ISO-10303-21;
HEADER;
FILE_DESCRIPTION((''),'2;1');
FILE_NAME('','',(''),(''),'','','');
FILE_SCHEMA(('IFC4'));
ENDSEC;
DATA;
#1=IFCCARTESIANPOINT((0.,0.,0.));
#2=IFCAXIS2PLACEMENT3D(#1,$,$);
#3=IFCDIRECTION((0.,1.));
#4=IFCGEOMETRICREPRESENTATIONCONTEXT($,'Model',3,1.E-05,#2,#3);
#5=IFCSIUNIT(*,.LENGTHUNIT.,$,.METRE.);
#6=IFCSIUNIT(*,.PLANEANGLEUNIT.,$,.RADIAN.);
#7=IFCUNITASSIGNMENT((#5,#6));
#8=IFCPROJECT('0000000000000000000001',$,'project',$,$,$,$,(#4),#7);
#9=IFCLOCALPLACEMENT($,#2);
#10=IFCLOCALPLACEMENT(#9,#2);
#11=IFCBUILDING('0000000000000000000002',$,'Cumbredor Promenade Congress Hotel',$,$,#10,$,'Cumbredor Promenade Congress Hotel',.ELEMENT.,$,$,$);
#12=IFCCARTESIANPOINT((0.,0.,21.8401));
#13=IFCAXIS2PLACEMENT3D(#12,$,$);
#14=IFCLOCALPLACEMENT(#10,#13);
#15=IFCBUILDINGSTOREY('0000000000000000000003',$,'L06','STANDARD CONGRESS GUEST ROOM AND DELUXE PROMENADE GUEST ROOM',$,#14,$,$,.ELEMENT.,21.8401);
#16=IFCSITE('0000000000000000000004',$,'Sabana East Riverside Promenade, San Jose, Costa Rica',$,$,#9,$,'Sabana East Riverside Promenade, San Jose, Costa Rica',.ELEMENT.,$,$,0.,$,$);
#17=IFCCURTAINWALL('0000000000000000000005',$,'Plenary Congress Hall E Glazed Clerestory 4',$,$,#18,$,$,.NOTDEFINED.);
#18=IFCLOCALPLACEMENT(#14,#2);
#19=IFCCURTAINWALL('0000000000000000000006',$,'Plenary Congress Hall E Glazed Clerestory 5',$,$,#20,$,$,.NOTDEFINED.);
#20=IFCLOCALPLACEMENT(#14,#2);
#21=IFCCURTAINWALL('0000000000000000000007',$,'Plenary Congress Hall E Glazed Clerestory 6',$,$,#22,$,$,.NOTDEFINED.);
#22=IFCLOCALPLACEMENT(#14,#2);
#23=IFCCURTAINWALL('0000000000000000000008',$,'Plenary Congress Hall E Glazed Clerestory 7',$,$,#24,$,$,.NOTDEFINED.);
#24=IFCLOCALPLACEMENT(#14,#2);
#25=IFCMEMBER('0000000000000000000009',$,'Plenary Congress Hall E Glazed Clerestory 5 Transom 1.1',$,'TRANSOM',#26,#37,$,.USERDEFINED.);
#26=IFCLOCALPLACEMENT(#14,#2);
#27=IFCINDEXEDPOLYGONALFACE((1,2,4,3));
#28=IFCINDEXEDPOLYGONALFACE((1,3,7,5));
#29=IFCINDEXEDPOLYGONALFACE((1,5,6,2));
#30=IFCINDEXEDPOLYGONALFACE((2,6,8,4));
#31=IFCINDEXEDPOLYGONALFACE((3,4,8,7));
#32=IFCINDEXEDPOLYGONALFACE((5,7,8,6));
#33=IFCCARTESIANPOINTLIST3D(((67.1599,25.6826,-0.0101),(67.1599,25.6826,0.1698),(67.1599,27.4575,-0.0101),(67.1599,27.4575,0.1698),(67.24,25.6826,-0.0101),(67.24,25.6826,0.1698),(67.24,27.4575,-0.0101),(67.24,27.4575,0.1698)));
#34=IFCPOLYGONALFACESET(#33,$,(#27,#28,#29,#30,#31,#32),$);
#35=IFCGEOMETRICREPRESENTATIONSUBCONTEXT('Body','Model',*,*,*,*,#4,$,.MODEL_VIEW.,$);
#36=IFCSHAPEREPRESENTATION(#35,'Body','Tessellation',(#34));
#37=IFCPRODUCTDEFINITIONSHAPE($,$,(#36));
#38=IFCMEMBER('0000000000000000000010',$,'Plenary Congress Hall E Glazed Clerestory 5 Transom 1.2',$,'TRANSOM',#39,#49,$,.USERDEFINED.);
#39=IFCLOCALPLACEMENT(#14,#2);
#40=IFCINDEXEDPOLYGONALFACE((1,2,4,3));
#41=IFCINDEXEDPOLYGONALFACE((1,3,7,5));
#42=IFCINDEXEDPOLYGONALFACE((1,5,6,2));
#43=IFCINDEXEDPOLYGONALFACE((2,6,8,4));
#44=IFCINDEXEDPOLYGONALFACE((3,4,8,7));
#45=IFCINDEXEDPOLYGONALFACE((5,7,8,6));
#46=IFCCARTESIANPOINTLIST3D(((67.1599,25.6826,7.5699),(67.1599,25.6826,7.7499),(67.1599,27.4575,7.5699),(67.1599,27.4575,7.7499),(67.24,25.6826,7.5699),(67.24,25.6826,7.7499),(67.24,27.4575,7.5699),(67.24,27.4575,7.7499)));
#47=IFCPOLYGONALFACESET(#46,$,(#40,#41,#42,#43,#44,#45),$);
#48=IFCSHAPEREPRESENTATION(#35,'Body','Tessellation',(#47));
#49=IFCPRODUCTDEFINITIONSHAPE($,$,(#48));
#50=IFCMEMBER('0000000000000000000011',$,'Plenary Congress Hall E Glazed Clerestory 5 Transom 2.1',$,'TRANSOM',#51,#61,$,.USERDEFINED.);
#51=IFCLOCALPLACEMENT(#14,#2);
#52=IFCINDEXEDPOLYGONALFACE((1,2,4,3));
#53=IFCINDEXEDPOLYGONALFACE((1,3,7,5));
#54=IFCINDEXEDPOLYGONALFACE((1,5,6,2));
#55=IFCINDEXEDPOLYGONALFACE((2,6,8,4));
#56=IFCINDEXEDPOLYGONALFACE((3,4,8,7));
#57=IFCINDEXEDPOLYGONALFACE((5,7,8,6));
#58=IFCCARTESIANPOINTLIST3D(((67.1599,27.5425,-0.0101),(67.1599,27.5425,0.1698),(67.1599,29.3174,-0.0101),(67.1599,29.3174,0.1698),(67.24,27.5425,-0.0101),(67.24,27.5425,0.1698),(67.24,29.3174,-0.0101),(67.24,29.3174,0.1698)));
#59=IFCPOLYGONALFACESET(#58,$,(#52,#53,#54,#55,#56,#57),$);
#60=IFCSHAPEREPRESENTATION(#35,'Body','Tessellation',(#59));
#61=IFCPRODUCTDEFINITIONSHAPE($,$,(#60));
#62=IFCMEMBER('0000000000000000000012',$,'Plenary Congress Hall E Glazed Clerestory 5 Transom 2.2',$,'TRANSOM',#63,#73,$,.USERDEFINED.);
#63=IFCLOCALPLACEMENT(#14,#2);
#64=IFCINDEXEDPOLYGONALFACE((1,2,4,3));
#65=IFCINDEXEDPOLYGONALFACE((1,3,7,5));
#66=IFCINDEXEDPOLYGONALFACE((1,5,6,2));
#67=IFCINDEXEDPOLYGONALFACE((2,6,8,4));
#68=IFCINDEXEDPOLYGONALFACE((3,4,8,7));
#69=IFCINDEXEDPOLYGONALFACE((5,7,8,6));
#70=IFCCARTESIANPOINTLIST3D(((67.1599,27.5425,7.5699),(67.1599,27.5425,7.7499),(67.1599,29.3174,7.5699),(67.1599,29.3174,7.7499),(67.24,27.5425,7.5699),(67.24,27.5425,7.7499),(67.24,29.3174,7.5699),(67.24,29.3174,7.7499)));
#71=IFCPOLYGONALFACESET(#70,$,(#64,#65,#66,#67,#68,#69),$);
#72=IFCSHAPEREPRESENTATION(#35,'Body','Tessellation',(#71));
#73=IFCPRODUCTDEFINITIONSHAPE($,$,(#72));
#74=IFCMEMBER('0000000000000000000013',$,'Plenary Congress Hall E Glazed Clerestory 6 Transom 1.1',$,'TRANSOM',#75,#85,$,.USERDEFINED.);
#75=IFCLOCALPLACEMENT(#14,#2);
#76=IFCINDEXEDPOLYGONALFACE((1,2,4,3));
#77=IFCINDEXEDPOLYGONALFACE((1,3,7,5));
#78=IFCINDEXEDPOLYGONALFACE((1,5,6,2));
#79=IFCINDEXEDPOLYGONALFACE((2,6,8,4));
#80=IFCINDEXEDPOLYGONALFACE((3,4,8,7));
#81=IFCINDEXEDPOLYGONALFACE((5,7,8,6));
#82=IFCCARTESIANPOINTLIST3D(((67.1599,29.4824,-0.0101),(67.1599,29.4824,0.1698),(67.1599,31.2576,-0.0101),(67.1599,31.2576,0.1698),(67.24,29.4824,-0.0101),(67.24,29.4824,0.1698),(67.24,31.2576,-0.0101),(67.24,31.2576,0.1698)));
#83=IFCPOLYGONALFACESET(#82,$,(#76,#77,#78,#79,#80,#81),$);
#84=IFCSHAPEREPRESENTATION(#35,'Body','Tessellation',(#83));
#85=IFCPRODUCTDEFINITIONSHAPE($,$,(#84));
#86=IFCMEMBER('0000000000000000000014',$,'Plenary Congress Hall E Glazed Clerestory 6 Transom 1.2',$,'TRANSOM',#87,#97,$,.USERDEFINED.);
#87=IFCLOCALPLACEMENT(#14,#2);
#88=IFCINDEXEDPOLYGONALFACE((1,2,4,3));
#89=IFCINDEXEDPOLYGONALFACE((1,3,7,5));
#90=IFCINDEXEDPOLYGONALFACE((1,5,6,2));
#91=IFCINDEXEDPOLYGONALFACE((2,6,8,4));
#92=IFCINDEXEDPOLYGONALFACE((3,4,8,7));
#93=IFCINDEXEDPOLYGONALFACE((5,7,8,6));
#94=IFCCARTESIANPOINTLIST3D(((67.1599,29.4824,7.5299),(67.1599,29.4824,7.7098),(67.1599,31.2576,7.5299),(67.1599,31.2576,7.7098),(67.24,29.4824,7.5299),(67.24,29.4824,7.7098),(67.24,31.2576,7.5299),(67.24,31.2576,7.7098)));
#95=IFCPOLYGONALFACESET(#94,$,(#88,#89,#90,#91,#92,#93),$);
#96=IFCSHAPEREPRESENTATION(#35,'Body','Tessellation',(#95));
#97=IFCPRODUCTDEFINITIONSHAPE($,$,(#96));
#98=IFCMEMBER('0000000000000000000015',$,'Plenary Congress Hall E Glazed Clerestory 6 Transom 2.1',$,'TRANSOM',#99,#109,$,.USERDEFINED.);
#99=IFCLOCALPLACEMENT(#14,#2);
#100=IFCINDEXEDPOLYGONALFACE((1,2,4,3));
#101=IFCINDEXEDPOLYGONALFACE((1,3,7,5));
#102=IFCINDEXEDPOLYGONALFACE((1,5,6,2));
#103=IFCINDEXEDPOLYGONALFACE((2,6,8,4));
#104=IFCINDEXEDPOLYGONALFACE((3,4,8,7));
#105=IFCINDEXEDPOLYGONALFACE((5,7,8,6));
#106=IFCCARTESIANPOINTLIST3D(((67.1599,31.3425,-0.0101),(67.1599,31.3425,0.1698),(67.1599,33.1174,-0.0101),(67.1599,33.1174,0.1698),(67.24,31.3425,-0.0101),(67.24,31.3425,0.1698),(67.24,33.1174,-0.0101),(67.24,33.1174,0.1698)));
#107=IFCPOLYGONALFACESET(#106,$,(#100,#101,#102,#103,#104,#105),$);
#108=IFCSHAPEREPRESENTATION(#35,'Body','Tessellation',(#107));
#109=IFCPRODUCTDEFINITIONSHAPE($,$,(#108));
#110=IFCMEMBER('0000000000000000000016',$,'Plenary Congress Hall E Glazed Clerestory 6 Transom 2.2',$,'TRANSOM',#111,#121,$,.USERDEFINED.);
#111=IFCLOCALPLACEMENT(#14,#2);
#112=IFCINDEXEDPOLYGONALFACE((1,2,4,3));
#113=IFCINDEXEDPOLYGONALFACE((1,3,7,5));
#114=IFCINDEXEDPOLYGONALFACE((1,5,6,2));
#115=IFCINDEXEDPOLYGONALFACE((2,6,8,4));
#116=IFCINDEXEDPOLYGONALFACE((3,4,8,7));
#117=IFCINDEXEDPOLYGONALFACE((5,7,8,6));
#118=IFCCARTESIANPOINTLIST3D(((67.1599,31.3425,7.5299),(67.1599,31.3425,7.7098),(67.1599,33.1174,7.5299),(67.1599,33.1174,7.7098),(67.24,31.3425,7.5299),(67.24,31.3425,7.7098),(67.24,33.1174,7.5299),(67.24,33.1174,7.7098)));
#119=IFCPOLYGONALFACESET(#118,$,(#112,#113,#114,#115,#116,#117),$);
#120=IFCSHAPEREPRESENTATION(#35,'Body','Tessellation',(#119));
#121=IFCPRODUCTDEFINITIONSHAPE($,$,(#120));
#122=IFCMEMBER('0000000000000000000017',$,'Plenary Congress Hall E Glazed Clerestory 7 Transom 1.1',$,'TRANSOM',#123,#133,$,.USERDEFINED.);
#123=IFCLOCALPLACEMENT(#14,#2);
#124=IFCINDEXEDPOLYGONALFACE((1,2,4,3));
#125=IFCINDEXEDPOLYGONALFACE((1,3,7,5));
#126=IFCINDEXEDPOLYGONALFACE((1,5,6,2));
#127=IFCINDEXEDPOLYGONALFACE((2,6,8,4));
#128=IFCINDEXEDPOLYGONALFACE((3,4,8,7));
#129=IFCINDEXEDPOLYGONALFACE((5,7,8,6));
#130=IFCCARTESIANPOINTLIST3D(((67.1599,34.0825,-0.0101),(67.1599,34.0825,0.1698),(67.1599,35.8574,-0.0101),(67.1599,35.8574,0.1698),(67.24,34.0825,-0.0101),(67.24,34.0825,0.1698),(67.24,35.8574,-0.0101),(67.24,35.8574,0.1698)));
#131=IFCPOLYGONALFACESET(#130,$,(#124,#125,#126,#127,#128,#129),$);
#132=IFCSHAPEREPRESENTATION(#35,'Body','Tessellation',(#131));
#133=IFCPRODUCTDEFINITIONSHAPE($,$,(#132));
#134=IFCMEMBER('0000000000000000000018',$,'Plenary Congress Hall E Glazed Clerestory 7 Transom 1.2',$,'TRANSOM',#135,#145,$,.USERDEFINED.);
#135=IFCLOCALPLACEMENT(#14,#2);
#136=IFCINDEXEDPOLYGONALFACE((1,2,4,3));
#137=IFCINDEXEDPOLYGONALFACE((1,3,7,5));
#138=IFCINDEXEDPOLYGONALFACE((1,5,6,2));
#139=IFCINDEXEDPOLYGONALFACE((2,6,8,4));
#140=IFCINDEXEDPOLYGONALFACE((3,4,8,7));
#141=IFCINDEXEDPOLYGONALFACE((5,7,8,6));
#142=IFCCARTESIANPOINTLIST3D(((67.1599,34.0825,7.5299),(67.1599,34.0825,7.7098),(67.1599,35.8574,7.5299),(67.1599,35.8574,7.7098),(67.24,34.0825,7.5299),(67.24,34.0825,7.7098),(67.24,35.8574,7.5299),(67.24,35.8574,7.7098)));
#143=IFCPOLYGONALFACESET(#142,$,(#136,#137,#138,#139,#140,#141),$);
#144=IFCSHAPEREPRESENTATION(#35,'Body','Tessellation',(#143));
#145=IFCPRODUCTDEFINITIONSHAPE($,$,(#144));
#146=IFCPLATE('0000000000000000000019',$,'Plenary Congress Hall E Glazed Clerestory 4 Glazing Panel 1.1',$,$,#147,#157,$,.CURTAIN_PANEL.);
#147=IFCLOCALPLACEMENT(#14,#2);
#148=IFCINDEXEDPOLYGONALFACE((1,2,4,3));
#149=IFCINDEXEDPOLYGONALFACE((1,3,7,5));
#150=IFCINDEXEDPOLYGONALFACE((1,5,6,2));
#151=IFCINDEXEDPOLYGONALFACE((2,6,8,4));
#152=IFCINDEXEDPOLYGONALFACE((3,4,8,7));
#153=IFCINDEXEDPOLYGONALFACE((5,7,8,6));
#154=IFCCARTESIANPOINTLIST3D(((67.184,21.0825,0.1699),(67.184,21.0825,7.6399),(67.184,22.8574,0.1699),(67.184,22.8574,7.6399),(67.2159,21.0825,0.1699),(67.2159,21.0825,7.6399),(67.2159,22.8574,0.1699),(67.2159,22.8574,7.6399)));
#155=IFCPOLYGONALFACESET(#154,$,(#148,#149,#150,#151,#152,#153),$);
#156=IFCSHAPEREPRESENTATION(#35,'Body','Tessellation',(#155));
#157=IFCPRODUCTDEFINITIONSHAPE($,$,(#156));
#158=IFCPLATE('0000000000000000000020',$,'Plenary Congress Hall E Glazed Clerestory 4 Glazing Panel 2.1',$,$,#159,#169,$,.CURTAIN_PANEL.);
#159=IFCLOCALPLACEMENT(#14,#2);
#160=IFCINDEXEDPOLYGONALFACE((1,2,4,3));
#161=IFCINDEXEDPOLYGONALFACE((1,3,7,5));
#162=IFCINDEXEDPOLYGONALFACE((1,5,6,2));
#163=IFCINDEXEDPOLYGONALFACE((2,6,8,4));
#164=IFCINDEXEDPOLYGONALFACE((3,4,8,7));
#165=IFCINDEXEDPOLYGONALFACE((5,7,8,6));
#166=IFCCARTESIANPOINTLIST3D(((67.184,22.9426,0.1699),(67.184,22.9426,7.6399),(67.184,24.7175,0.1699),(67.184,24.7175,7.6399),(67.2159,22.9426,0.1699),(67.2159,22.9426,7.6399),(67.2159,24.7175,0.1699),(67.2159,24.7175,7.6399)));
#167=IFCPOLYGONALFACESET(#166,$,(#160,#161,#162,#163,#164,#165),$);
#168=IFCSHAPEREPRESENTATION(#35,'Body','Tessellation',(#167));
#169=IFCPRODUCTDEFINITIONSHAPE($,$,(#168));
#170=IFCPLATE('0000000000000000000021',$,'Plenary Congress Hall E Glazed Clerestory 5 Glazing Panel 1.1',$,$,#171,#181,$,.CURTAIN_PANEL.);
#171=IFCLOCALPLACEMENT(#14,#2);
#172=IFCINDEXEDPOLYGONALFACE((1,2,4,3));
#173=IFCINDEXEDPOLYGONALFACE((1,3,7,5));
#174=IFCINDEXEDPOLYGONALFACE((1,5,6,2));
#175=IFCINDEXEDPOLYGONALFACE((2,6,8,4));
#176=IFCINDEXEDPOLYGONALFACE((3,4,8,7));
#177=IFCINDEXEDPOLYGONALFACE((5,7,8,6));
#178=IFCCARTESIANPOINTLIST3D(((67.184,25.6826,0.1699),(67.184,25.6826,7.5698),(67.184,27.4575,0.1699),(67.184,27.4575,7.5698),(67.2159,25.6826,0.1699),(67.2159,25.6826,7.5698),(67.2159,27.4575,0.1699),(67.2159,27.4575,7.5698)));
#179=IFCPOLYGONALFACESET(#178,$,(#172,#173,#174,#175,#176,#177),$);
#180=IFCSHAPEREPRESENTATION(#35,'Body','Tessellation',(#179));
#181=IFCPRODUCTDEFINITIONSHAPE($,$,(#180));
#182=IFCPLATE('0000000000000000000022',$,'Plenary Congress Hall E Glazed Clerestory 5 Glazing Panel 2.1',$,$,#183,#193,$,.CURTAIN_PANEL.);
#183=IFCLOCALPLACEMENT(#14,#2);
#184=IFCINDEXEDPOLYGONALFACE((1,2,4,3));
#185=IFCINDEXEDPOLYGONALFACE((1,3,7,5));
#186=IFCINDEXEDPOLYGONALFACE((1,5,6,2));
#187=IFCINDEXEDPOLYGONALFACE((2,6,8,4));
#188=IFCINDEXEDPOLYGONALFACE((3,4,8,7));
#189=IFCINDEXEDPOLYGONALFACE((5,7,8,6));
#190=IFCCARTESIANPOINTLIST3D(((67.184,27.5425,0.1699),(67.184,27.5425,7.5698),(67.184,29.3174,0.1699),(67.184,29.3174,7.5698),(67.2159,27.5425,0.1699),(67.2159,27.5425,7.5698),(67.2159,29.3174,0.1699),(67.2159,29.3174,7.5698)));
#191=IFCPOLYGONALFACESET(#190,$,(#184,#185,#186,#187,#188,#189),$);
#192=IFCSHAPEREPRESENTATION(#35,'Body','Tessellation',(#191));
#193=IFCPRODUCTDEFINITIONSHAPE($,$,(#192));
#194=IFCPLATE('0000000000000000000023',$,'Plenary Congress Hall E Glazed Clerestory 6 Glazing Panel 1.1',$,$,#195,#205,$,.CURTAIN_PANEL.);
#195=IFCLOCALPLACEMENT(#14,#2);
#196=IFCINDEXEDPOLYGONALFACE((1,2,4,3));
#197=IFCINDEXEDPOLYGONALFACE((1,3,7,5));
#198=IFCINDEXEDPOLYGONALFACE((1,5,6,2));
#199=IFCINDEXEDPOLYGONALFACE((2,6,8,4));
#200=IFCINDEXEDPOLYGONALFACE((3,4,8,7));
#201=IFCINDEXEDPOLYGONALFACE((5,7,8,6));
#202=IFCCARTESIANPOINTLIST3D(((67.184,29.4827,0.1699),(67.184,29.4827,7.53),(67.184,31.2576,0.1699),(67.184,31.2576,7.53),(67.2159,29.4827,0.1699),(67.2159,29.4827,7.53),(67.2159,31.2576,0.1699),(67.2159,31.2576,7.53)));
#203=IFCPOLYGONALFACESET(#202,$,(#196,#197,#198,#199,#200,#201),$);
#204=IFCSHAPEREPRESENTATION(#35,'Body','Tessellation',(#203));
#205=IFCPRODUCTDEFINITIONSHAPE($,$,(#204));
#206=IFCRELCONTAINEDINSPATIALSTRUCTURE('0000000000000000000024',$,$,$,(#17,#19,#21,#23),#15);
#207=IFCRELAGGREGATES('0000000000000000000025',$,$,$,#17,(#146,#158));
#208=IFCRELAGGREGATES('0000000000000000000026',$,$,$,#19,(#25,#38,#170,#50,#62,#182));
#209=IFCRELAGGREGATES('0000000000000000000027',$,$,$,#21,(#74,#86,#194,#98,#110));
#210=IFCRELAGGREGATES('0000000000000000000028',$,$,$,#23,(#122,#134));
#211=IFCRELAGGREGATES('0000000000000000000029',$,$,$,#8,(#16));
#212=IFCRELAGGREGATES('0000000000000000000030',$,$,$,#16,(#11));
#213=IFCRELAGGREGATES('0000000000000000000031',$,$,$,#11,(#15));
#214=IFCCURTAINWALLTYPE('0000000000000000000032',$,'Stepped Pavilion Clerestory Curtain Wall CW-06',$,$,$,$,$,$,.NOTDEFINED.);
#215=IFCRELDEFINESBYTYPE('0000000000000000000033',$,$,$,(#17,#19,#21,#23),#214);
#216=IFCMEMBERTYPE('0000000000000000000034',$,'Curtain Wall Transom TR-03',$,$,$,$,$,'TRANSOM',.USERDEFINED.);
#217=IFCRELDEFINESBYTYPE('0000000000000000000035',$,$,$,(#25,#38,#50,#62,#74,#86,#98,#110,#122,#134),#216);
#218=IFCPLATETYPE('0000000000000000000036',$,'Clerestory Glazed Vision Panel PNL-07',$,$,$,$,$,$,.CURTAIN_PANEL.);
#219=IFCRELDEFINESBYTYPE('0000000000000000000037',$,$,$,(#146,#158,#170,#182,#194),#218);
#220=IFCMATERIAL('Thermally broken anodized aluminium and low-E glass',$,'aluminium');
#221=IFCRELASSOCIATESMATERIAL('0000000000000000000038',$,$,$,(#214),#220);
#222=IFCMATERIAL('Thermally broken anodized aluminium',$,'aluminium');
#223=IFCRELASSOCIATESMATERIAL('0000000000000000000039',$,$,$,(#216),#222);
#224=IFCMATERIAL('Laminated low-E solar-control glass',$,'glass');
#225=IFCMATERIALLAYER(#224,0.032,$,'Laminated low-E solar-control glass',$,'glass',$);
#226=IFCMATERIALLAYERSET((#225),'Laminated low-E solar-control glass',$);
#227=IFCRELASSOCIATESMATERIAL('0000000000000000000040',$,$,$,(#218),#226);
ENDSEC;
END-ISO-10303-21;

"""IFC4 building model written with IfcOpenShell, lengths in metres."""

from ifc_helpers import new_model, si_unit, direction, frame, origin, origin_2d, place, context, subcontext, project, spatial, rectangle, extrude, material, layer, layer_set, material_profile, profile_set, type_object, element, aggregate, save


model = new_model("IFC4")

# Units and contexts
model_context = context("Model", 3, precision=1e-05, world=origin(), true_north=direction((0.0, 1.0)))
body_context = subcontext(model_context, "Body", "Model", "MODEL_VIEW")
ifc_project = project(units=[si_unit("LENGTHUNIT", "METRE"), si_unit("PLANEANGLEUNIT", "RADIAN")], contexts=[model_context])

# Site, building, storey
site_placement = place(None, origin())
site = spatial("IfcSite", under=ifc_project, at=site_placement, Name="Sabana East Riverside Promenade, San Jose, Costa Rica", LongName="Sabana East Riverside Promenade, San Jose, Costa Rica", CompositionType="ELEMENT", RefElevation=0.0)
building_placement = place(site_placement, origin())
building = spatial("IfcBuilding", under=site, at=building_placement, Name="Cumbredor Promenade Congress Hotel", LongName="Cumbredor Promenade Congress Hotel", CompositionType="ELEMENT")
storey_placement = place(building_placement, frame((0.0, 0.0, 21.8401)))
storey = spatial("IfcBuildingStorey", under=building, at=storey_placement, Name="L06", Description="STANDARD CONGRESS GUEST ROOM AND DELUXE PROMENADE GUEST ROOM", CompositionType="ELEMENT", Elevation=21.8401)

# Shared definitions
ifc_material_1 = material(Name="Thermally broken anodized aluminium and low-E glass", Category="aluminium")
curtain_wall_type = type_object("IfcCurtainWallType", Name="Stepped Pavilion Clerestory Curtain Wall CW-06", PredefinedType="NOTDEFINED", material=ifc_material_1)
ifc_material_2 = material(Name="Thermally broken anodized aluminium", Category="aluminium")

# Curtain walls
curtain_wall_1_placement = place(storey_placement, origin())
curtain_wall_1 = element("IfcCurtainWall", 1, at=curtain_wall_1_placement, inside=storey, type_object=curtain_wall_type, Name="Plenary Congress Hall E Glazed Clerestory 4", PredefinedType="NOTDEFINED")
curtain_wall_2_placement = place(storey_placement, origin())
curtain_wall_2 = element("IfcCurtainWall", 2, at=curtain_wall_2_placement, inside=storey, type_object=curtain_wall_type, Name="Plenary Congress Hall E Glazed Clerestory 5", PredefinedType="NOTDEFINED")
curtain_wall_3_placement = place(storey_placement, origin())
curtain_wall_3 = element("IfcCurtainWall", 3, at=curtain_wall_3_placement, inside=storey, type_object=curtain_wall_type, Name="Plenary Congress Hall E Glazed Clerestory 6", PredefinedType="NOTDEFINED")

# Curtain wall
curtain_wall_4_placement = place(storey_placement, origin())
curtain_wall_4 = element("IfcCurtainWall", 4, at=curtain_wall_4_placement, inside=storey, type_object=curtain_wall_type, Name="Plenary Congress Hall E Glazed Clerestory 7", PredefinedType="NOTDEFINED")

# Members
ifc_material_profile_1 = material_profile(ifc_material_2, rectangle(XDim=0.0801, YDim=0.1799, at=origin_2d()), Name="ALU TRANSOM 80x180")
ifc_profile_set_1 = profile_set([ifc_material_profile_1], Name="Thermally broken anodized aluminium")
member_type_1 = type_object("IfcMemberType", Name="Curtain Wall Transom TR-03", ElementType="TRANSOM", PredefinedType="USERDEFINED", material=ifc_profile_set_1)
member_1_placement = place(storey_placement, frame((67.2, 25.6826, 0.0798), z_axis=(0.0, 1.0, 0.0), x_axis=(-1.0, 0.0, 0.0)))
member_1 = element("IfcMember", 5, at=member_1_placement, type_object=member_type_1, Name="Plenary Congress Hall E Glazed Clerestory 5 Transom 1.1", ObjectType="TRANSOM", PredefinedType="USERDEFINED", context=body_context, shape_type="SweptSolid", body=[
    extrude(rectangle(XDim=0.0801, YDim=0.1799, at=origin_2d()), origin(), (0.0, 0.0, 1.0), 1.7749),
])
member_2_placement = place(storey_placement, frame((67.2, 25.6826, 7.6599), z_axis=(0.0, 1.0, 0.0), x_axis=(-1.0, 0.0, 0.0)))
member_2 = element("IfcMember", 6, at=member_2_placement, type_object=member_type_1, Name="Plenary Congress Hall E Glazed Clerestory 5 Transom 1.2", ObjectType="TRANSOM", PredefinedType="USERDEFINED", context=body_context, shape_type="SweptSolid", body=[
    extrude(rectangle(XDim=0.0801, YDim=0.1799, at=origin_2d()), origin(), (0.0, 0.0, 1.0), 1.7749),
])
member_3_placement = place(storey_placement, frame((67.2, 27.5425, 0.0798), z_axis=(0.0, 1.0, 0.0), x_axis=(-1.0, 0.0, 0.0)))
member_3 = element("IfcMember", 7, at=member_3_placement, type_object=member_type_1, Name="Plenary Congress Hall E Glazed Clerestory 5 Transom 2.1", ObjectType="TRANSOM", PredefinedType="USERDEFINED", context=body_context, shape_type="SweptSolid", body=[
    extrude(rectangle(XDim=0.0801, YDim=0.1799, at=origin_2d()), origin(), (0.0, 0.0, 1.0), 1.7749),
])
member_4_placement = place(storey_placement, frame((67.2, 27.5425, 7.6599), z_axis=(0.0, 1.0, 0.0), x_axis=(-1.0, 0.0, 0.0)))
member_4 = element("IfcMember", 8, at=member_4_placement, type_object=member_type_1, Name="Plenary Congress Hall E Glazed Clerestory 5 Transom 2.2", ObjectType="TRANSOM", PredefinedType="USERDEFINED", context=body_context, shape_type="SweptSolid", body=[
    extrude(rectangle(XDim=0.0801, YDim=0.1799, at=origin_2d()), origin(), (0.0, 0.0, 1.0), 1.7749),
])
member_5_placement = place(storey_placement, frame((67.2, 29.4824, 0.0798), z_axis=(0.0, 1.0, 0.0), x_axis=(-1.0, 0.0, 0.0)))
member_5 = element("IfcMember", 9, at=member_5_placement, type_object=member_type_1, Name="Plenary Congress Hall E Glazed Clerestory 6 Transom 1.1", ObjectType="TRANSOM", PredefinedType="USERDEFINED", context=body_context, shape_type="SweptSolid", body=[
    extrude(rectangle(XDim=0.0801, YDim=0.1799, at=origin_2d()), origin(), (0.0, 0.0, 1.0), 1.7751),
])
member_6_placement = place(storey_placement, frame((67.2, 29.4824, 7.6199), z_axis=(0.0, 1.0, 0.0), x_axis=(-1.0, 0.0, 0.0)))
member_6 = element("IfcMember", 10, at=member_6_placement, type_object=member_type_1, Name="Plenary Congress Hall E Glazed Clerestory 6 Transom 1.2", ObjectType="TRANSOM", PredefinedType="USERDEFINED", context=body_context, shape_type="SweptSolid", body=[
    extrude(rectangle(XDim=0.0801, YDim=0.1799, at=origin_2d()), origin(), (0.0, 0.0, 1.0), 1.7751),
])
member_7_placement = place(storey_placement, frame((67.2, 31.3425, 0.0798), z_axis=(0.0, 1.0, 0.0), x_axis=(-1.0, 0.0, 0.0)))
member_7 = element("IfcMember", 11, at=member_7_placement, type_object=member_type_1, Name="Plenary Congress Hall E Glazed Clerestory 6 Transom 2.1", ObjectType="TRANSOM", PredefinedType="USERDEFINED", context=body_context, shape_type="SweptSolid", body=[
    extrude(rectangle(XDim=0.0801, YDim=0.1799, at=origin_2d()), origin(), (0.0, 0.0, 1.0), 1.7749),
])
member_8_placement = place(storey_placement, frame((67.2, 31.3425, 7.6199), z_axis=(0.0, 1.0, 0.0), x_axis=(-1.0, 0.0, 0.0)))
member_8 = element("IfcMember", 12, at=member_8_placement, type_object=member_type_1, Name="Plenary Congress Hall E Glazed Clerestory 6 Transom 2.2", ObjectType="TRANSOM", PredefinedType="USERDEFINED", context=body_context, shape_type="SweptSolid", body=[
    extrude(rectangle(XDim=0.0801, YDim=0.1799, at=origin_2d()), origin(), (0.0, 0.0, 1.0), 1.7749),
])
member_9_placement = place(storey_placement, frame((67.2, 34.0825, 0.0798), z_axis=(0.0, 1.0, 0.0), x_axis=(-1.0, 0.0, 0.0)))
member_9 = element("IfcMember", 13, at=member_9_placement, type_object=member_type_1, Name="Plenary Congress Hall E Glazed Clerestory 7 Transom 1.1", ObjectType="TRANSOM", PredefinedType="USERDEFINED", context=body_context, shape_type="SweptSolid", body=[
    extrude(rectangle(XDim=0.0801, YDim=0.1799, at=origin_2d()), origin(), (0.0, 0.0, 1.0), 1.7749),
])
member_10_placement = place(storey_placement, frame((67.2, 34.0825, 7.6199), z_axis=(0.0, 1.0, 0.0), x_axis=(-1.0, 0.0, 0.0)))
member_10 = element("IfcMember", 14, at=member_10_placement, type_object=member_type_1, Name="Plenary Congress Hall E Glazed Clerestory 7 Transom 1.2", ObjectType="TRANSOM", PredefinedType="USERDEFINED", context=body_context, shape_type="SweptSolid", body=[
    extrude(rectangle(XDim=0.0801, YDim=0.1799, at=origin_2d()), origin(), (0.0, 0.0, 1.0), 1.7749),
])

# Plates
ifc_material_3 = material(Name="Laminated low-E solar-control glass", Category="glass")
ifc_layer = layer(ifc_material_3, 0.032, Name="Laminated low-E solar-control glass", Category="glass")
ifc_layer_set = layer_set([ifc_layer], Name="Laminated low-E solar-control glass")
plate_type = type_object("IfcPlateType", Name="Clerestory Glazed Vision Panel PNL-07", PredefinedType="CURTAIN_PANEL", material=ifc_layer_set)
plate_1_placement = place(storey_placement, frame((67.2, 21.97, 0.1699), z_axis=(0.0, 0.0, 1.0), x_axis=(0.0, 1.0, 0.0)))
plate_1 = element("IfcPlate", 15, at=plate_1_placement, type_object=plate_type, Name="Plenary Congress Hall E Glazed Clerestory 4 Glazing Panel 1.1", PredefinedType="CURTAIN_PANEL", context=body_context, shape_type="SweptSolid", body=[
    extrude(rectangle(XDim=1.7749, YDim=0.032, at=origin_2d()), origin(), (0.0, 0.0, 1.0), 7.47),
])
plate_2_placement = place(storey_placement, frame((67.2, 23.8301, 0.1699), z_axis=(0.0, 0.0, 1.0), x_axis=(0.0, 1.0, 0.0)))
plate_2 = element("IfcPlate", 16, at=plate_2_placement, type_object=plate_type, Name="Plenary Congress Hall E Glazed Clerestory 4 Glazing Panel 2.1", PredefinedType="CURTAIN_PANEL", context=body_context, shape_type="SweptSolid", body=[
    extrude(rectangle(XDim=1.7749, YDim=0.032, at=origin_2d()), origin(), (0.0, 0.0, 1.0), 7.47),
])
aggregate(curtain_wall_1, [plate_1, plate_2])
plate_3_placement = place(storey_placement, frame((67.2, 26.5701, 0.1699), z_axis=(0.0, 0.0, 1.0), x_axis=(0.0, 1.0, 0.0)))
plate_3 = element("IfcPlate", 17, at=plate_3_placement, type_object=plate_type, Name="Plenary Congress Hall E Glazed Clerestory 5 Glazing Panel 1.1", PredefinedType="CURTAIN_PANEL", context=body_context, shape_type="SweptSolid", body=[
    extrude(rectangle(XDim=1.7749, YDim=0.032, at=origin_2d()), origin(), (0.0, 0.0, 1.0), 7.3999),
])
plate_4_placement = place(storey_placement, frame((67.2, 28.4299, 0.1699), z_axis=(0.0, 0.0, 1.0), x_axis=(0.0, 1.0, 0.0)))
plate_4 = element("IfcPlate", 18, at=plate_4_placement, type_object=plate_type, Name="Plenary Congress Hall E Glazed Clerestory 5 Glazing Panel 2.1", PredefinedType="CURTAIN_PANEL", context=body_context, shape_type="SweptSolid", body=[
    extrude(rectangle(XDim=1.7749, YDim=0.032, at=origin_2d()), origin(), (0.0, 0.0, 1.0), 7.3999),
])
aggregate(curtain_wall_2, [member_1, member_2, plate_3, member_3, member_4, plate_4])
plate_5_placement = place(storey_placement, frame((67.2, 30.3701, 0.1699), z_axis=(0.0, 0.0, 1.0), x_axis=(0.0, 1.0, 0.0)))
plate_5 = element("IfcPlate", 19, at=plate_5_placement, type_object=plate_type, Name="Plenary Congress Hall E Glazed Clerestory 6 Glazing Panel 1.1", PredefinedType="CURTAIN_PANEL", context=body_context, shape_type="SweptSolid", body=[
    extrude(rectangle(XDim=1.7749, YDim=0.032, at=origin_2d()), origin(), (0.0, 0.0, 1.0), 7.3601),
])
aggregate(curtain_wall_3, [member_5, member_6, plate_5, member_7, member_8])
aggregate(curtain_wall_4, [member_9, member_10])

save(model, "model.ifc")
